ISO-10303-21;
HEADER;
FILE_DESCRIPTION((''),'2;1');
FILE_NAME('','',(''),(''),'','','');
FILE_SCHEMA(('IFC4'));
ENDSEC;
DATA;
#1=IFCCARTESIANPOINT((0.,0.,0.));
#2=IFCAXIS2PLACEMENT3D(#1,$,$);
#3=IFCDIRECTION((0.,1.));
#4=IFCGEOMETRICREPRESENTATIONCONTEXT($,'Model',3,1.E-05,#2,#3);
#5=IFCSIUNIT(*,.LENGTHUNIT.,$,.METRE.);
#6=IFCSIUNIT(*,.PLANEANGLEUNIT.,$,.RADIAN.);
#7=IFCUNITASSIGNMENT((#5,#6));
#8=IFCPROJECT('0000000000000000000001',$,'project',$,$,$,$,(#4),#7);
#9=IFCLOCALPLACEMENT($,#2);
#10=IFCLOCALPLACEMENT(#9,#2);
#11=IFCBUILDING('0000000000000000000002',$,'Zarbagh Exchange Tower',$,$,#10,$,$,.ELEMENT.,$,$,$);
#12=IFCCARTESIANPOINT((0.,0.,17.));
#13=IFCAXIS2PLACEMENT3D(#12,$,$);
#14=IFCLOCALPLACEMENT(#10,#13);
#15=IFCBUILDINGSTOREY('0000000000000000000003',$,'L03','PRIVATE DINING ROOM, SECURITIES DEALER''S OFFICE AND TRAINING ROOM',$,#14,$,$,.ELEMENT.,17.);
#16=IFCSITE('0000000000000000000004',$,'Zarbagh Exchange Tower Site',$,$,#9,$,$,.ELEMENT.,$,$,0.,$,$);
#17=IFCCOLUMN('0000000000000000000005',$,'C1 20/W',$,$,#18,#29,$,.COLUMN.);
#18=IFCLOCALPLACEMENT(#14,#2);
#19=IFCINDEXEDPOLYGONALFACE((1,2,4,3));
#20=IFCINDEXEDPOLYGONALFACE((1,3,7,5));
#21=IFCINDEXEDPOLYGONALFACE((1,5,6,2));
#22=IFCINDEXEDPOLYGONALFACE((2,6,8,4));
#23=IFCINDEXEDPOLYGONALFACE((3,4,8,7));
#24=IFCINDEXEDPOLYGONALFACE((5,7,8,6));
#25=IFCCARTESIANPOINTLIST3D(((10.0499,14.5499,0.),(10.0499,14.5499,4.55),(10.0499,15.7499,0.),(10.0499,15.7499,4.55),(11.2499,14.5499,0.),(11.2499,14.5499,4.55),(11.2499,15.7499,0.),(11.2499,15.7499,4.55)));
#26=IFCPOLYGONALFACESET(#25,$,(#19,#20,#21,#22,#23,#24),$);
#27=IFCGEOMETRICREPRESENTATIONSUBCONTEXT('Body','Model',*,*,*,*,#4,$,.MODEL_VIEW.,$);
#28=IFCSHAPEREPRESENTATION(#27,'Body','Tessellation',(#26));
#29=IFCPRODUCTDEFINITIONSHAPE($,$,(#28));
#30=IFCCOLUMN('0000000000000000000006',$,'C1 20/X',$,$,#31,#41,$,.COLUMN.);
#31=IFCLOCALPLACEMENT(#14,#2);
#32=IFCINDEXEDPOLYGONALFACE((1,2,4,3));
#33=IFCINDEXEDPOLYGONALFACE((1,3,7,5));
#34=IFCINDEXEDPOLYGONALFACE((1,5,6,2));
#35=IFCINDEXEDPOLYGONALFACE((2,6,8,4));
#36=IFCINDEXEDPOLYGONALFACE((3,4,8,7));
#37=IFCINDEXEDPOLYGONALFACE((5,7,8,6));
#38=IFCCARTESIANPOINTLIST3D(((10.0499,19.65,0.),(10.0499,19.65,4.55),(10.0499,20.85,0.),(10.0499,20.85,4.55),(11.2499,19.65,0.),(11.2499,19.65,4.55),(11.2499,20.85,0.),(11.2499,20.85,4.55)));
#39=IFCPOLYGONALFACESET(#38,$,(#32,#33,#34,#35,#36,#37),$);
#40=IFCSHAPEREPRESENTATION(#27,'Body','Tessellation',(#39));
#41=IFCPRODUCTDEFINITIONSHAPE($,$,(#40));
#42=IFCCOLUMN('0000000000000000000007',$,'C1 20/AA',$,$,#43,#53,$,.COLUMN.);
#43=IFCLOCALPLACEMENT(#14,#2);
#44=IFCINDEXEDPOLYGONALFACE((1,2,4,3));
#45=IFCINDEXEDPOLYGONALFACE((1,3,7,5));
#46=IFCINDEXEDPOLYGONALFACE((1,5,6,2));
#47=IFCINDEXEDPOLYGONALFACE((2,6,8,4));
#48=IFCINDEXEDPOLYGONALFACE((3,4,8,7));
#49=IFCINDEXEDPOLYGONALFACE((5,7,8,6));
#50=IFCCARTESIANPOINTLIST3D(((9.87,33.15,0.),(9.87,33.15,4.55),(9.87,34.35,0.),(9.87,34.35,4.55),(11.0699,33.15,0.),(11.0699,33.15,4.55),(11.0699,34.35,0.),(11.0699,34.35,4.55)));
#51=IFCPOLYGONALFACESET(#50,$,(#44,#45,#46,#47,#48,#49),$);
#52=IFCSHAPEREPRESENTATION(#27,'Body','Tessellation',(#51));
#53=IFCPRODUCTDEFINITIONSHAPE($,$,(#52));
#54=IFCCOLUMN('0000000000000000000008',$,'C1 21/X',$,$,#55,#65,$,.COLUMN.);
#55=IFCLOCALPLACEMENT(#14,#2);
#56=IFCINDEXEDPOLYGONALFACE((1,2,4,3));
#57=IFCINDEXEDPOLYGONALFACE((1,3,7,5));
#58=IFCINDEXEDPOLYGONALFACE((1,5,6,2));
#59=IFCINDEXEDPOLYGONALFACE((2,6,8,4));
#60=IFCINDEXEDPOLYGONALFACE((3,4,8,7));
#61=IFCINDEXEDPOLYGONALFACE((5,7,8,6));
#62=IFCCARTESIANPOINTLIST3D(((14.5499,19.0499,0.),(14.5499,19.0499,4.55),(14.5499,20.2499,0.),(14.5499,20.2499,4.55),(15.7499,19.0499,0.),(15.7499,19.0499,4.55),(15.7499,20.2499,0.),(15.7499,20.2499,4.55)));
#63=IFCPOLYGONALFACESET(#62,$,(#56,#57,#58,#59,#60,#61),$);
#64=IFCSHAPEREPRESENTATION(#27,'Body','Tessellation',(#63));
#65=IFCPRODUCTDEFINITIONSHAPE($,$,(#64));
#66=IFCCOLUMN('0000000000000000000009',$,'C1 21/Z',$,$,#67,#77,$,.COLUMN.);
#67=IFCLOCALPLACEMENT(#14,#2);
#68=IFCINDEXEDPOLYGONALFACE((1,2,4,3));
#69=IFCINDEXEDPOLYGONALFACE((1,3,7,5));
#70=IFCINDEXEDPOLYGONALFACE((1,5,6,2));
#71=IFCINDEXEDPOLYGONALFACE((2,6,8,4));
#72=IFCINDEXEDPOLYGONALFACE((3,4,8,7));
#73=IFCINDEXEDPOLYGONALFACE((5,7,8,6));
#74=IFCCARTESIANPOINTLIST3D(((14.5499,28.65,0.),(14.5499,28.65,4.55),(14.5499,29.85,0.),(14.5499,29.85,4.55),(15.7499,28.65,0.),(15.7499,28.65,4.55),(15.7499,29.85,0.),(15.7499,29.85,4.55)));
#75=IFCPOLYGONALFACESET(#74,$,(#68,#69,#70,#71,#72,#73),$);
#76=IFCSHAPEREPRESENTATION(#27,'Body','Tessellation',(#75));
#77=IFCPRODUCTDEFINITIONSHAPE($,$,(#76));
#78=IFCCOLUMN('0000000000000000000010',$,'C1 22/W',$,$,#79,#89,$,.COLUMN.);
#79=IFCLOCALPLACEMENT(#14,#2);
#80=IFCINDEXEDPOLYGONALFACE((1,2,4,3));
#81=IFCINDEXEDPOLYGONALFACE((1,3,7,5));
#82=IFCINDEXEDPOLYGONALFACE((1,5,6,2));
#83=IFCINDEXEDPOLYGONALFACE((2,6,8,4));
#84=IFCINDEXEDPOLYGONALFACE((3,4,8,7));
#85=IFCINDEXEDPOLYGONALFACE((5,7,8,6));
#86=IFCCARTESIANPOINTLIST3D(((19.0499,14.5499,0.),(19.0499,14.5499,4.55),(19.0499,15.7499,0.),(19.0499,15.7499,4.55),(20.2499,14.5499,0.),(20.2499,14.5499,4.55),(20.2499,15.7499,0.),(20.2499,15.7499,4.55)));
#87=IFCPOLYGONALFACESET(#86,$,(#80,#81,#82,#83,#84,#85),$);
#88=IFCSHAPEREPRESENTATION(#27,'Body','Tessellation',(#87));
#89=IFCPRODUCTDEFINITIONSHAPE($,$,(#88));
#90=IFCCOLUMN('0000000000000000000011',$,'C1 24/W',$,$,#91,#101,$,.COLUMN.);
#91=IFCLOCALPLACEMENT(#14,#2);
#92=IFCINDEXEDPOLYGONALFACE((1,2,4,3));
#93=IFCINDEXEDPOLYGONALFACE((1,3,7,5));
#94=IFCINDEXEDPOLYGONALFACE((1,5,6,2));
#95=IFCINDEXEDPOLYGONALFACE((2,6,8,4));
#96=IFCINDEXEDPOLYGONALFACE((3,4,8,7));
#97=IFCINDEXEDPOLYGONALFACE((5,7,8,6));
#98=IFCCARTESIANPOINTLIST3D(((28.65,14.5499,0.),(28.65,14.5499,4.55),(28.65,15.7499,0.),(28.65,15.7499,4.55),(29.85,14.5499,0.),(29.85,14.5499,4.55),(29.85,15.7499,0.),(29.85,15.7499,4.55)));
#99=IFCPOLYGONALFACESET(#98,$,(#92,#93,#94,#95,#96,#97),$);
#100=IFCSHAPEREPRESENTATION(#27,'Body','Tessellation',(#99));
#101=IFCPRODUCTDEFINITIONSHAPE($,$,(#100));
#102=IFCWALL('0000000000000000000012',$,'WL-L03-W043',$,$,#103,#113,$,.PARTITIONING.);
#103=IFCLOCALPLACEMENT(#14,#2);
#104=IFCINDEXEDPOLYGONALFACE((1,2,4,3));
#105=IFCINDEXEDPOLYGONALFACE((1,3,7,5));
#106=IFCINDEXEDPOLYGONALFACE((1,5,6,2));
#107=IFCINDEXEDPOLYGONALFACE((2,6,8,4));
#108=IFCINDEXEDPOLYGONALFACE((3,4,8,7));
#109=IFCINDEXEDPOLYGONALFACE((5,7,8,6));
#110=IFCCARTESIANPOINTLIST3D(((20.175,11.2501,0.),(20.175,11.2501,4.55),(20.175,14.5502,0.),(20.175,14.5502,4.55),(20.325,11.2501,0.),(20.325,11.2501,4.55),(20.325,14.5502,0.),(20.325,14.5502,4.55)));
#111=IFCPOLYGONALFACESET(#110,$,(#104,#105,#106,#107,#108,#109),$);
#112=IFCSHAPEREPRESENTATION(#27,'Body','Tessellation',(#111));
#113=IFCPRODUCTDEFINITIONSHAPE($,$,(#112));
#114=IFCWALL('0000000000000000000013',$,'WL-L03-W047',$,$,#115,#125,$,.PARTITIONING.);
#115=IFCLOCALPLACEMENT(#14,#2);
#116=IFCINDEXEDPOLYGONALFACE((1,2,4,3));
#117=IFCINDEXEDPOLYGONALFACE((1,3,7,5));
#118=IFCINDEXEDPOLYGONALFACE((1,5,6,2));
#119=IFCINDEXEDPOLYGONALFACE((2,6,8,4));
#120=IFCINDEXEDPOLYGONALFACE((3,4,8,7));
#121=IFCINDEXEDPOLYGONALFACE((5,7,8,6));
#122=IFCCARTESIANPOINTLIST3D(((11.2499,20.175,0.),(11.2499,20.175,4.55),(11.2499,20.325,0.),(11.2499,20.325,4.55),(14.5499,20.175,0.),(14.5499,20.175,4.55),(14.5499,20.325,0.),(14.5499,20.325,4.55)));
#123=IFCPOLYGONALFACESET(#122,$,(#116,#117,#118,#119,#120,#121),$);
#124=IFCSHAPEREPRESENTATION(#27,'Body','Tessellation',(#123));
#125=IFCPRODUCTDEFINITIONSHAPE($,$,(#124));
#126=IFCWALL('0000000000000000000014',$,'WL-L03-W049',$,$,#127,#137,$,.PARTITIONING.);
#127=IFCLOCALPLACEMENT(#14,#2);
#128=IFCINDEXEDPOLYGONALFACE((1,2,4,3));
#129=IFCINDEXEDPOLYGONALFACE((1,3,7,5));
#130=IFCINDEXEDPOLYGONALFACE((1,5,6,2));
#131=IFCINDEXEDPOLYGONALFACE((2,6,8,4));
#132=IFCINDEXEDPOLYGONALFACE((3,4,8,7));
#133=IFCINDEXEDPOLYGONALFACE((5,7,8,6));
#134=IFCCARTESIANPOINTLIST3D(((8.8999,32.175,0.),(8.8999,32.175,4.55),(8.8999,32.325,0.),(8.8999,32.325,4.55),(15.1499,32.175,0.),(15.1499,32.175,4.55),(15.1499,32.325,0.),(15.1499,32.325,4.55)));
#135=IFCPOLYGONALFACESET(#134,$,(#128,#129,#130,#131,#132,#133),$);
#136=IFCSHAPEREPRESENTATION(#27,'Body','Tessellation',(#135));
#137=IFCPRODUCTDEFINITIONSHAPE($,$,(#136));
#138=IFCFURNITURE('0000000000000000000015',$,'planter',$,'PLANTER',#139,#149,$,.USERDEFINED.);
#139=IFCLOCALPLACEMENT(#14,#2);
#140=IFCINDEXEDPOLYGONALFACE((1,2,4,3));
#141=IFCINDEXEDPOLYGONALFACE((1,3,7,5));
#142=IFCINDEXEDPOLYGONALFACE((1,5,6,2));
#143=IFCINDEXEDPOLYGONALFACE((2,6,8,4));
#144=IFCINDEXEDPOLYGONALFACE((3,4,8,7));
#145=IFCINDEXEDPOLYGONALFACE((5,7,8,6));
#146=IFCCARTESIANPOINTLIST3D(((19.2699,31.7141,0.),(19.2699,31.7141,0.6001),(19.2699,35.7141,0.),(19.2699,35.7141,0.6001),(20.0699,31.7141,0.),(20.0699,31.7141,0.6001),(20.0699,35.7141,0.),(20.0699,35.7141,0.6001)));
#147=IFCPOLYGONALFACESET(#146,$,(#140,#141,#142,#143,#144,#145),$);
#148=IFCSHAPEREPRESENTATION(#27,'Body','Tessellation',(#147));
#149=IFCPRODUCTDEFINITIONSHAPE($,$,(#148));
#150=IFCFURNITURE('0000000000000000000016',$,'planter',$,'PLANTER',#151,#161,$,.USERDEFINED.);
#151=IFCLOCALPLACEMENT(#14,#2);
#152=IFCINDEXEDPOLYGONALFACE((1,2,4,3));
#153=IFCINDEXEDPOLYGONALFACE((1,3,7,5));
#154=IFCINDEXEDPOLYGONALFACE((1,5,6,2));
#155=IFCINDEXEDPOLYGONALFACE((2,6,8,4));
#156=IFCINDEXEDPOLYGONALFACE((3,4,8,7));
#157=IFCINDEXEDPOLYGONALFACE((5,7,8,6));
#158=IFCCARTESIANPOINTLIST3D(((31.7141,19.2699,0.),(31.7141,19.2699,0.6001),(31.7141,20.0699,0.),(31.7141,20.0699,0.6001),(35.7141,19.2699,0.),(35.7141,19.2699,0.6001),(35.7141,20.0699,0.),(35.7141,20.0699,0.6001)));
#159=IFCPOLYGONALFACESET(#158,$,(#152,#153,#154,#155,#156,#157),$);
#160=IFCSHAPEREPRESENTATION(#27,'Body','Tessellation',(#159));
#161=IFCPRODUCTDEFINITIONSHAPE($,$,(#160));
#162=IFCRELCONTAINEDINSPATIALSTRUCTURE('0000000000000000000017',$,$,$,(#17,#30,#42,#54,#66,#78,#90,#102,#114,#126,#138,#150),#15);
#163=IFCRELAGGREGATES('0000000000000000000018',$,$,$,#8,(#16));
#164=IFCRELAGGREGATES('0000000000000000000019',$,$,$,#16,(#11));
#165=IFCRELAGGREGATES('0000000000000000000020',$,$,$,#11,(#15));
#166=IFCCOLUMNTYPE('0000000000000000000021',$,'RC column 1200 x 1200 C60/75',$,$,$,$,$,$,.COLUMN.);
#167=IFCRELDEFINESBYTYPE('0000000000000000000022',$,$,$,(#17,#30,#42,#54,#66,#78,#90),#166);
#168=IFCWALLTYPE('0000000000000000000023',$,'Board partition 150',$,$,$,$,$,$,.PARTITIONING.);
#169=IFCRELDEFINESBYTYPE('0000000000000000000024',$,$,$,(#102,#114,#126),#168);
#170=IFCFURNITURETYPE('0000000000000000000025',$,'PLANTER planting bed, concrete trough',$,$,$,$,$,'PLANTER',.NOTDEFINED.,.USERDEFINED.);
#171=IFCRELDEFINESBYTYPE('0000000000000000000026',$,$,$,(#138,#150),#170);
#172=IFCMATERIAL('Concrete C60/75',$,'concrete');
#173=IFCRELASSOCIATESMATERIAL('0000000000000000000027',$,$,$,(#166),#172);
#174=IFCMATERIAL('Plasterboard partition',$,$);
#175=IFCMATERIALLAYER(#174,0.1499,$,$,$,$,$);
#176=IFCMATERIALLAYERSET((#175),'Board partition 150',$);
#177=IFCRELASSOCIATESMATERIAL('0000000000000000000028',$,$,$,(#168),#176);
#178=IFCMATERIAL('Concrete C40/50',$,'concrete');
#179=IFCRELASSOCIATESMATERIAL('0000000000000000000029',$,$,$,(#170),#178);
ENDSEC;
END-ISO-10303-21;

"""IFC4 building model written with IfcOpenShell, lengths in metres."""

from ifc_helpers import new_model, si_unit, direction, frame, frame_2d, origin, origin_2d, place, context, subcontext, project, spatial, rectangle, extrude, material, layer, layer_set, material_profile, profile_set, type_object, element, save


model = new_model("IFC4")

# Units and contexts
model_context = context("Model", 3, precision=1e-05, world=origin(), true_north=direction((0.0, 1.0)))
body_context = subcontext(model_context, "Body", "Model", "MODEL_VIEW")
ifc_project = project(units=[si_unit("LENGTHUNIT", "METRE"), si_unit("PLANEANGLEUNIT", "RADIAN")], contexts=[model_context])

# Site, building, storey
site_placement = place(None, origin())
site = spatial("IfcSite", under=ifc_project, at=site_placement, Name="Zarbagh Exchange Tower Site", CompositionType="ELEMENT", RefElevation=0.0)
building_placement = place(site_placement, origin())
building = spatial("IfcBuilding", under=site, at=building_placement, Name="Zarbagh Exchange Tower", CompositionType="ELEMENT")
storey_placement = place(building_placement, frame((0.0, 0.0, 17.0)))
storey = spatial("IfcBuildingStorey", under=building, at=storey_placement, Name="L03", Description="PRIVATE DINING ROOM, SECURITIES DEALER'S OFFICE AND TRAINING ROOM", CompositionType="ELEMENT", Elevation=17.0)

# Columns
ifc_material_1 = material(Name="Concrete C60/75", Category="concrete")
ifc_material_profile = material_profile(ifc_material_1, rectangle(XDim=1.2, YDim=1.2, at=origin_2d()), Name="RC column 1200 x 1200 C60/75")
ifc_profile_set = profile_set([ifc_material_profile], Name="Concrete C60/75")
column_type = type_object("IfcColumnType", Name="RC column 1200 x 1200 C60/75", PredefinedType="COLUMN", material=ifc_profile_set)
for number, where, z_axis, x_axis, name in (
    (1, (10.6499, 15.1499, 0.0), (0.0, 0.0, 1.0), (1.0, 0.0, 0.0), "C1 20/W"),
    (2, (10.6499, 20.25, 0.0), (0.0, 0.0, 1.0), (1.0, 0.0, 0.0), "C1 20/X"),
    (3, (10.47, 33.75, 0.0), (0.0, 0.0, 1.0), (1.0, 0.0, 0.0), "C1 20/AA"),
    (4, (15.1499, 19.6499, 0.0), (0.0, 0.0, 1.0), (1.0, 0.0, 0.0), "C1 21/X"),
    (5, (15.1499, 29.25, 0.0), (0.0, 0.0, 1.0), (1.0, 0.0, 0.0), "C1 21/Z"),
    (6, (19.6499, 15.1499, 0.0), (0.0, 0.0, 1.0), (1.0, 0.0, 0.0), "C1 22/W"),
    (7, (29.25, 15.1499, 0.0), (0.0, 0.0, 1.0), (1.0, 0.0, 0.0), "C1 24/W"),
):
    element("IfcColumn", number, at=place(storey_placement, frame(where, z_axis=z_axis, x_axis=x_axis)), inside=storey, type_object=column_type, Name=name, PredefinedType="COLUMN", context=body_context, shape_type="SweptSolid", body=[
        extrude(rectangle(XDim=1.2, YDim=1.2, at=origin_2d()), origin(), (0.0, 0.0, 1.0), 4.55),
    ])

# Walls
ifc_material_2 = material(Name="Plasterboard partition")
ifc_layer_1 = layer(ifc_material_2, 0.1499)
ifc_layer_set_1 = layer_set([ifc_layer_1], Name="Board partition 150")
wall_type_1 = type_object("IfcWallType", Name="Board partition 150", PredefinedType="PARTITIONING", material=ifc_layer_set_1)
for number, where, z_axis, x_axis, name in (
    (8, (20.25, 14.55, 0.0), (0.0, 0.0, 1.0), (0.0, -1.0, 0.0), "WL-L03-W043"),
    (9, (11.25, 20.25, 0.0), (0.0, 0.0, 1.0), (1.0, 0.0, 0.0), "WL-L03-W047"),
):
    element("IfcWall", number, at=place(storey_placement, frame(where, z_axis=z_axis, x_axis=x_axis)), inside=storey, type_object=wall_type_1, Name=name, PredefinedType="PARTITIONING", context=body_context, shape_type="SweptSolid", body=[
        extrude(rectangle(XDim=3.3, YDim=0.1499, at=frame_2d((1.6499, 0.0))), origin(), (0.0, 0.0, 1.0), 4.55),
    ])
wall_1_placement = place(storey_placement, frame((8.8999, 32.25, 0.0), z_axis=(0.0, 0.0, 1.0), x_axis=(1.0, 0.0, 0.0)))
element("IfcWall", 10, at=wall_1_placement, inside=storey, type_object=wall_type_1, Name="WL-L03-W049", PredefinedType="PARTITIONING", context=body_context, shape_type="SweptSolid", body=[
    extrude(rectangle(XDim=6.25, YDim=0.1499, at=frame_2d((3.125, 0.0))), origin(), (0.0, 0.0, 1.0), 4.55),
])

# Furniture
ifc_material_3 = material(Name="Concrete C40/50", Category="concrete")
furniture_type = type_object("IfcFurnitureType", Name="PLANTER planting bed, concrete trough", ElementType="PLANTER", AssemblyPlace="NOTDEFINED", PredefinedType="USERDEFINED", material=ifc_material_3)
for number, where, z_axis, x_axis, name in (
    (11, (19.6699, 33.7141, 0.0), (0.0, 0.0, 1.0), (0.0, -1.0, 0.0), "planter"),
    (12, (33.7141, 19.6699, 0.0), (0.0, 0.0, 1.0), (1.0, 0.0, 0.0), "planter"),
):
    element("IfcFurniture", number, at=place(storey_placement, frame(where, z_axis=z_axis, x_axis=x_axis)), inside=storey, type_object=furniture_type, Name=name, ObjectType="PLANTER", PredefinedType="USERDEFINED", context=body_context, shape_type="SweptSolid", body=[
        extrude(rectangle(XDim=4.0, YDim=0.8, at=origin_2d()), origin(), (0.0, 0.0, 1.0), 0.6001),
    ])

save(model, "model.ifc")
